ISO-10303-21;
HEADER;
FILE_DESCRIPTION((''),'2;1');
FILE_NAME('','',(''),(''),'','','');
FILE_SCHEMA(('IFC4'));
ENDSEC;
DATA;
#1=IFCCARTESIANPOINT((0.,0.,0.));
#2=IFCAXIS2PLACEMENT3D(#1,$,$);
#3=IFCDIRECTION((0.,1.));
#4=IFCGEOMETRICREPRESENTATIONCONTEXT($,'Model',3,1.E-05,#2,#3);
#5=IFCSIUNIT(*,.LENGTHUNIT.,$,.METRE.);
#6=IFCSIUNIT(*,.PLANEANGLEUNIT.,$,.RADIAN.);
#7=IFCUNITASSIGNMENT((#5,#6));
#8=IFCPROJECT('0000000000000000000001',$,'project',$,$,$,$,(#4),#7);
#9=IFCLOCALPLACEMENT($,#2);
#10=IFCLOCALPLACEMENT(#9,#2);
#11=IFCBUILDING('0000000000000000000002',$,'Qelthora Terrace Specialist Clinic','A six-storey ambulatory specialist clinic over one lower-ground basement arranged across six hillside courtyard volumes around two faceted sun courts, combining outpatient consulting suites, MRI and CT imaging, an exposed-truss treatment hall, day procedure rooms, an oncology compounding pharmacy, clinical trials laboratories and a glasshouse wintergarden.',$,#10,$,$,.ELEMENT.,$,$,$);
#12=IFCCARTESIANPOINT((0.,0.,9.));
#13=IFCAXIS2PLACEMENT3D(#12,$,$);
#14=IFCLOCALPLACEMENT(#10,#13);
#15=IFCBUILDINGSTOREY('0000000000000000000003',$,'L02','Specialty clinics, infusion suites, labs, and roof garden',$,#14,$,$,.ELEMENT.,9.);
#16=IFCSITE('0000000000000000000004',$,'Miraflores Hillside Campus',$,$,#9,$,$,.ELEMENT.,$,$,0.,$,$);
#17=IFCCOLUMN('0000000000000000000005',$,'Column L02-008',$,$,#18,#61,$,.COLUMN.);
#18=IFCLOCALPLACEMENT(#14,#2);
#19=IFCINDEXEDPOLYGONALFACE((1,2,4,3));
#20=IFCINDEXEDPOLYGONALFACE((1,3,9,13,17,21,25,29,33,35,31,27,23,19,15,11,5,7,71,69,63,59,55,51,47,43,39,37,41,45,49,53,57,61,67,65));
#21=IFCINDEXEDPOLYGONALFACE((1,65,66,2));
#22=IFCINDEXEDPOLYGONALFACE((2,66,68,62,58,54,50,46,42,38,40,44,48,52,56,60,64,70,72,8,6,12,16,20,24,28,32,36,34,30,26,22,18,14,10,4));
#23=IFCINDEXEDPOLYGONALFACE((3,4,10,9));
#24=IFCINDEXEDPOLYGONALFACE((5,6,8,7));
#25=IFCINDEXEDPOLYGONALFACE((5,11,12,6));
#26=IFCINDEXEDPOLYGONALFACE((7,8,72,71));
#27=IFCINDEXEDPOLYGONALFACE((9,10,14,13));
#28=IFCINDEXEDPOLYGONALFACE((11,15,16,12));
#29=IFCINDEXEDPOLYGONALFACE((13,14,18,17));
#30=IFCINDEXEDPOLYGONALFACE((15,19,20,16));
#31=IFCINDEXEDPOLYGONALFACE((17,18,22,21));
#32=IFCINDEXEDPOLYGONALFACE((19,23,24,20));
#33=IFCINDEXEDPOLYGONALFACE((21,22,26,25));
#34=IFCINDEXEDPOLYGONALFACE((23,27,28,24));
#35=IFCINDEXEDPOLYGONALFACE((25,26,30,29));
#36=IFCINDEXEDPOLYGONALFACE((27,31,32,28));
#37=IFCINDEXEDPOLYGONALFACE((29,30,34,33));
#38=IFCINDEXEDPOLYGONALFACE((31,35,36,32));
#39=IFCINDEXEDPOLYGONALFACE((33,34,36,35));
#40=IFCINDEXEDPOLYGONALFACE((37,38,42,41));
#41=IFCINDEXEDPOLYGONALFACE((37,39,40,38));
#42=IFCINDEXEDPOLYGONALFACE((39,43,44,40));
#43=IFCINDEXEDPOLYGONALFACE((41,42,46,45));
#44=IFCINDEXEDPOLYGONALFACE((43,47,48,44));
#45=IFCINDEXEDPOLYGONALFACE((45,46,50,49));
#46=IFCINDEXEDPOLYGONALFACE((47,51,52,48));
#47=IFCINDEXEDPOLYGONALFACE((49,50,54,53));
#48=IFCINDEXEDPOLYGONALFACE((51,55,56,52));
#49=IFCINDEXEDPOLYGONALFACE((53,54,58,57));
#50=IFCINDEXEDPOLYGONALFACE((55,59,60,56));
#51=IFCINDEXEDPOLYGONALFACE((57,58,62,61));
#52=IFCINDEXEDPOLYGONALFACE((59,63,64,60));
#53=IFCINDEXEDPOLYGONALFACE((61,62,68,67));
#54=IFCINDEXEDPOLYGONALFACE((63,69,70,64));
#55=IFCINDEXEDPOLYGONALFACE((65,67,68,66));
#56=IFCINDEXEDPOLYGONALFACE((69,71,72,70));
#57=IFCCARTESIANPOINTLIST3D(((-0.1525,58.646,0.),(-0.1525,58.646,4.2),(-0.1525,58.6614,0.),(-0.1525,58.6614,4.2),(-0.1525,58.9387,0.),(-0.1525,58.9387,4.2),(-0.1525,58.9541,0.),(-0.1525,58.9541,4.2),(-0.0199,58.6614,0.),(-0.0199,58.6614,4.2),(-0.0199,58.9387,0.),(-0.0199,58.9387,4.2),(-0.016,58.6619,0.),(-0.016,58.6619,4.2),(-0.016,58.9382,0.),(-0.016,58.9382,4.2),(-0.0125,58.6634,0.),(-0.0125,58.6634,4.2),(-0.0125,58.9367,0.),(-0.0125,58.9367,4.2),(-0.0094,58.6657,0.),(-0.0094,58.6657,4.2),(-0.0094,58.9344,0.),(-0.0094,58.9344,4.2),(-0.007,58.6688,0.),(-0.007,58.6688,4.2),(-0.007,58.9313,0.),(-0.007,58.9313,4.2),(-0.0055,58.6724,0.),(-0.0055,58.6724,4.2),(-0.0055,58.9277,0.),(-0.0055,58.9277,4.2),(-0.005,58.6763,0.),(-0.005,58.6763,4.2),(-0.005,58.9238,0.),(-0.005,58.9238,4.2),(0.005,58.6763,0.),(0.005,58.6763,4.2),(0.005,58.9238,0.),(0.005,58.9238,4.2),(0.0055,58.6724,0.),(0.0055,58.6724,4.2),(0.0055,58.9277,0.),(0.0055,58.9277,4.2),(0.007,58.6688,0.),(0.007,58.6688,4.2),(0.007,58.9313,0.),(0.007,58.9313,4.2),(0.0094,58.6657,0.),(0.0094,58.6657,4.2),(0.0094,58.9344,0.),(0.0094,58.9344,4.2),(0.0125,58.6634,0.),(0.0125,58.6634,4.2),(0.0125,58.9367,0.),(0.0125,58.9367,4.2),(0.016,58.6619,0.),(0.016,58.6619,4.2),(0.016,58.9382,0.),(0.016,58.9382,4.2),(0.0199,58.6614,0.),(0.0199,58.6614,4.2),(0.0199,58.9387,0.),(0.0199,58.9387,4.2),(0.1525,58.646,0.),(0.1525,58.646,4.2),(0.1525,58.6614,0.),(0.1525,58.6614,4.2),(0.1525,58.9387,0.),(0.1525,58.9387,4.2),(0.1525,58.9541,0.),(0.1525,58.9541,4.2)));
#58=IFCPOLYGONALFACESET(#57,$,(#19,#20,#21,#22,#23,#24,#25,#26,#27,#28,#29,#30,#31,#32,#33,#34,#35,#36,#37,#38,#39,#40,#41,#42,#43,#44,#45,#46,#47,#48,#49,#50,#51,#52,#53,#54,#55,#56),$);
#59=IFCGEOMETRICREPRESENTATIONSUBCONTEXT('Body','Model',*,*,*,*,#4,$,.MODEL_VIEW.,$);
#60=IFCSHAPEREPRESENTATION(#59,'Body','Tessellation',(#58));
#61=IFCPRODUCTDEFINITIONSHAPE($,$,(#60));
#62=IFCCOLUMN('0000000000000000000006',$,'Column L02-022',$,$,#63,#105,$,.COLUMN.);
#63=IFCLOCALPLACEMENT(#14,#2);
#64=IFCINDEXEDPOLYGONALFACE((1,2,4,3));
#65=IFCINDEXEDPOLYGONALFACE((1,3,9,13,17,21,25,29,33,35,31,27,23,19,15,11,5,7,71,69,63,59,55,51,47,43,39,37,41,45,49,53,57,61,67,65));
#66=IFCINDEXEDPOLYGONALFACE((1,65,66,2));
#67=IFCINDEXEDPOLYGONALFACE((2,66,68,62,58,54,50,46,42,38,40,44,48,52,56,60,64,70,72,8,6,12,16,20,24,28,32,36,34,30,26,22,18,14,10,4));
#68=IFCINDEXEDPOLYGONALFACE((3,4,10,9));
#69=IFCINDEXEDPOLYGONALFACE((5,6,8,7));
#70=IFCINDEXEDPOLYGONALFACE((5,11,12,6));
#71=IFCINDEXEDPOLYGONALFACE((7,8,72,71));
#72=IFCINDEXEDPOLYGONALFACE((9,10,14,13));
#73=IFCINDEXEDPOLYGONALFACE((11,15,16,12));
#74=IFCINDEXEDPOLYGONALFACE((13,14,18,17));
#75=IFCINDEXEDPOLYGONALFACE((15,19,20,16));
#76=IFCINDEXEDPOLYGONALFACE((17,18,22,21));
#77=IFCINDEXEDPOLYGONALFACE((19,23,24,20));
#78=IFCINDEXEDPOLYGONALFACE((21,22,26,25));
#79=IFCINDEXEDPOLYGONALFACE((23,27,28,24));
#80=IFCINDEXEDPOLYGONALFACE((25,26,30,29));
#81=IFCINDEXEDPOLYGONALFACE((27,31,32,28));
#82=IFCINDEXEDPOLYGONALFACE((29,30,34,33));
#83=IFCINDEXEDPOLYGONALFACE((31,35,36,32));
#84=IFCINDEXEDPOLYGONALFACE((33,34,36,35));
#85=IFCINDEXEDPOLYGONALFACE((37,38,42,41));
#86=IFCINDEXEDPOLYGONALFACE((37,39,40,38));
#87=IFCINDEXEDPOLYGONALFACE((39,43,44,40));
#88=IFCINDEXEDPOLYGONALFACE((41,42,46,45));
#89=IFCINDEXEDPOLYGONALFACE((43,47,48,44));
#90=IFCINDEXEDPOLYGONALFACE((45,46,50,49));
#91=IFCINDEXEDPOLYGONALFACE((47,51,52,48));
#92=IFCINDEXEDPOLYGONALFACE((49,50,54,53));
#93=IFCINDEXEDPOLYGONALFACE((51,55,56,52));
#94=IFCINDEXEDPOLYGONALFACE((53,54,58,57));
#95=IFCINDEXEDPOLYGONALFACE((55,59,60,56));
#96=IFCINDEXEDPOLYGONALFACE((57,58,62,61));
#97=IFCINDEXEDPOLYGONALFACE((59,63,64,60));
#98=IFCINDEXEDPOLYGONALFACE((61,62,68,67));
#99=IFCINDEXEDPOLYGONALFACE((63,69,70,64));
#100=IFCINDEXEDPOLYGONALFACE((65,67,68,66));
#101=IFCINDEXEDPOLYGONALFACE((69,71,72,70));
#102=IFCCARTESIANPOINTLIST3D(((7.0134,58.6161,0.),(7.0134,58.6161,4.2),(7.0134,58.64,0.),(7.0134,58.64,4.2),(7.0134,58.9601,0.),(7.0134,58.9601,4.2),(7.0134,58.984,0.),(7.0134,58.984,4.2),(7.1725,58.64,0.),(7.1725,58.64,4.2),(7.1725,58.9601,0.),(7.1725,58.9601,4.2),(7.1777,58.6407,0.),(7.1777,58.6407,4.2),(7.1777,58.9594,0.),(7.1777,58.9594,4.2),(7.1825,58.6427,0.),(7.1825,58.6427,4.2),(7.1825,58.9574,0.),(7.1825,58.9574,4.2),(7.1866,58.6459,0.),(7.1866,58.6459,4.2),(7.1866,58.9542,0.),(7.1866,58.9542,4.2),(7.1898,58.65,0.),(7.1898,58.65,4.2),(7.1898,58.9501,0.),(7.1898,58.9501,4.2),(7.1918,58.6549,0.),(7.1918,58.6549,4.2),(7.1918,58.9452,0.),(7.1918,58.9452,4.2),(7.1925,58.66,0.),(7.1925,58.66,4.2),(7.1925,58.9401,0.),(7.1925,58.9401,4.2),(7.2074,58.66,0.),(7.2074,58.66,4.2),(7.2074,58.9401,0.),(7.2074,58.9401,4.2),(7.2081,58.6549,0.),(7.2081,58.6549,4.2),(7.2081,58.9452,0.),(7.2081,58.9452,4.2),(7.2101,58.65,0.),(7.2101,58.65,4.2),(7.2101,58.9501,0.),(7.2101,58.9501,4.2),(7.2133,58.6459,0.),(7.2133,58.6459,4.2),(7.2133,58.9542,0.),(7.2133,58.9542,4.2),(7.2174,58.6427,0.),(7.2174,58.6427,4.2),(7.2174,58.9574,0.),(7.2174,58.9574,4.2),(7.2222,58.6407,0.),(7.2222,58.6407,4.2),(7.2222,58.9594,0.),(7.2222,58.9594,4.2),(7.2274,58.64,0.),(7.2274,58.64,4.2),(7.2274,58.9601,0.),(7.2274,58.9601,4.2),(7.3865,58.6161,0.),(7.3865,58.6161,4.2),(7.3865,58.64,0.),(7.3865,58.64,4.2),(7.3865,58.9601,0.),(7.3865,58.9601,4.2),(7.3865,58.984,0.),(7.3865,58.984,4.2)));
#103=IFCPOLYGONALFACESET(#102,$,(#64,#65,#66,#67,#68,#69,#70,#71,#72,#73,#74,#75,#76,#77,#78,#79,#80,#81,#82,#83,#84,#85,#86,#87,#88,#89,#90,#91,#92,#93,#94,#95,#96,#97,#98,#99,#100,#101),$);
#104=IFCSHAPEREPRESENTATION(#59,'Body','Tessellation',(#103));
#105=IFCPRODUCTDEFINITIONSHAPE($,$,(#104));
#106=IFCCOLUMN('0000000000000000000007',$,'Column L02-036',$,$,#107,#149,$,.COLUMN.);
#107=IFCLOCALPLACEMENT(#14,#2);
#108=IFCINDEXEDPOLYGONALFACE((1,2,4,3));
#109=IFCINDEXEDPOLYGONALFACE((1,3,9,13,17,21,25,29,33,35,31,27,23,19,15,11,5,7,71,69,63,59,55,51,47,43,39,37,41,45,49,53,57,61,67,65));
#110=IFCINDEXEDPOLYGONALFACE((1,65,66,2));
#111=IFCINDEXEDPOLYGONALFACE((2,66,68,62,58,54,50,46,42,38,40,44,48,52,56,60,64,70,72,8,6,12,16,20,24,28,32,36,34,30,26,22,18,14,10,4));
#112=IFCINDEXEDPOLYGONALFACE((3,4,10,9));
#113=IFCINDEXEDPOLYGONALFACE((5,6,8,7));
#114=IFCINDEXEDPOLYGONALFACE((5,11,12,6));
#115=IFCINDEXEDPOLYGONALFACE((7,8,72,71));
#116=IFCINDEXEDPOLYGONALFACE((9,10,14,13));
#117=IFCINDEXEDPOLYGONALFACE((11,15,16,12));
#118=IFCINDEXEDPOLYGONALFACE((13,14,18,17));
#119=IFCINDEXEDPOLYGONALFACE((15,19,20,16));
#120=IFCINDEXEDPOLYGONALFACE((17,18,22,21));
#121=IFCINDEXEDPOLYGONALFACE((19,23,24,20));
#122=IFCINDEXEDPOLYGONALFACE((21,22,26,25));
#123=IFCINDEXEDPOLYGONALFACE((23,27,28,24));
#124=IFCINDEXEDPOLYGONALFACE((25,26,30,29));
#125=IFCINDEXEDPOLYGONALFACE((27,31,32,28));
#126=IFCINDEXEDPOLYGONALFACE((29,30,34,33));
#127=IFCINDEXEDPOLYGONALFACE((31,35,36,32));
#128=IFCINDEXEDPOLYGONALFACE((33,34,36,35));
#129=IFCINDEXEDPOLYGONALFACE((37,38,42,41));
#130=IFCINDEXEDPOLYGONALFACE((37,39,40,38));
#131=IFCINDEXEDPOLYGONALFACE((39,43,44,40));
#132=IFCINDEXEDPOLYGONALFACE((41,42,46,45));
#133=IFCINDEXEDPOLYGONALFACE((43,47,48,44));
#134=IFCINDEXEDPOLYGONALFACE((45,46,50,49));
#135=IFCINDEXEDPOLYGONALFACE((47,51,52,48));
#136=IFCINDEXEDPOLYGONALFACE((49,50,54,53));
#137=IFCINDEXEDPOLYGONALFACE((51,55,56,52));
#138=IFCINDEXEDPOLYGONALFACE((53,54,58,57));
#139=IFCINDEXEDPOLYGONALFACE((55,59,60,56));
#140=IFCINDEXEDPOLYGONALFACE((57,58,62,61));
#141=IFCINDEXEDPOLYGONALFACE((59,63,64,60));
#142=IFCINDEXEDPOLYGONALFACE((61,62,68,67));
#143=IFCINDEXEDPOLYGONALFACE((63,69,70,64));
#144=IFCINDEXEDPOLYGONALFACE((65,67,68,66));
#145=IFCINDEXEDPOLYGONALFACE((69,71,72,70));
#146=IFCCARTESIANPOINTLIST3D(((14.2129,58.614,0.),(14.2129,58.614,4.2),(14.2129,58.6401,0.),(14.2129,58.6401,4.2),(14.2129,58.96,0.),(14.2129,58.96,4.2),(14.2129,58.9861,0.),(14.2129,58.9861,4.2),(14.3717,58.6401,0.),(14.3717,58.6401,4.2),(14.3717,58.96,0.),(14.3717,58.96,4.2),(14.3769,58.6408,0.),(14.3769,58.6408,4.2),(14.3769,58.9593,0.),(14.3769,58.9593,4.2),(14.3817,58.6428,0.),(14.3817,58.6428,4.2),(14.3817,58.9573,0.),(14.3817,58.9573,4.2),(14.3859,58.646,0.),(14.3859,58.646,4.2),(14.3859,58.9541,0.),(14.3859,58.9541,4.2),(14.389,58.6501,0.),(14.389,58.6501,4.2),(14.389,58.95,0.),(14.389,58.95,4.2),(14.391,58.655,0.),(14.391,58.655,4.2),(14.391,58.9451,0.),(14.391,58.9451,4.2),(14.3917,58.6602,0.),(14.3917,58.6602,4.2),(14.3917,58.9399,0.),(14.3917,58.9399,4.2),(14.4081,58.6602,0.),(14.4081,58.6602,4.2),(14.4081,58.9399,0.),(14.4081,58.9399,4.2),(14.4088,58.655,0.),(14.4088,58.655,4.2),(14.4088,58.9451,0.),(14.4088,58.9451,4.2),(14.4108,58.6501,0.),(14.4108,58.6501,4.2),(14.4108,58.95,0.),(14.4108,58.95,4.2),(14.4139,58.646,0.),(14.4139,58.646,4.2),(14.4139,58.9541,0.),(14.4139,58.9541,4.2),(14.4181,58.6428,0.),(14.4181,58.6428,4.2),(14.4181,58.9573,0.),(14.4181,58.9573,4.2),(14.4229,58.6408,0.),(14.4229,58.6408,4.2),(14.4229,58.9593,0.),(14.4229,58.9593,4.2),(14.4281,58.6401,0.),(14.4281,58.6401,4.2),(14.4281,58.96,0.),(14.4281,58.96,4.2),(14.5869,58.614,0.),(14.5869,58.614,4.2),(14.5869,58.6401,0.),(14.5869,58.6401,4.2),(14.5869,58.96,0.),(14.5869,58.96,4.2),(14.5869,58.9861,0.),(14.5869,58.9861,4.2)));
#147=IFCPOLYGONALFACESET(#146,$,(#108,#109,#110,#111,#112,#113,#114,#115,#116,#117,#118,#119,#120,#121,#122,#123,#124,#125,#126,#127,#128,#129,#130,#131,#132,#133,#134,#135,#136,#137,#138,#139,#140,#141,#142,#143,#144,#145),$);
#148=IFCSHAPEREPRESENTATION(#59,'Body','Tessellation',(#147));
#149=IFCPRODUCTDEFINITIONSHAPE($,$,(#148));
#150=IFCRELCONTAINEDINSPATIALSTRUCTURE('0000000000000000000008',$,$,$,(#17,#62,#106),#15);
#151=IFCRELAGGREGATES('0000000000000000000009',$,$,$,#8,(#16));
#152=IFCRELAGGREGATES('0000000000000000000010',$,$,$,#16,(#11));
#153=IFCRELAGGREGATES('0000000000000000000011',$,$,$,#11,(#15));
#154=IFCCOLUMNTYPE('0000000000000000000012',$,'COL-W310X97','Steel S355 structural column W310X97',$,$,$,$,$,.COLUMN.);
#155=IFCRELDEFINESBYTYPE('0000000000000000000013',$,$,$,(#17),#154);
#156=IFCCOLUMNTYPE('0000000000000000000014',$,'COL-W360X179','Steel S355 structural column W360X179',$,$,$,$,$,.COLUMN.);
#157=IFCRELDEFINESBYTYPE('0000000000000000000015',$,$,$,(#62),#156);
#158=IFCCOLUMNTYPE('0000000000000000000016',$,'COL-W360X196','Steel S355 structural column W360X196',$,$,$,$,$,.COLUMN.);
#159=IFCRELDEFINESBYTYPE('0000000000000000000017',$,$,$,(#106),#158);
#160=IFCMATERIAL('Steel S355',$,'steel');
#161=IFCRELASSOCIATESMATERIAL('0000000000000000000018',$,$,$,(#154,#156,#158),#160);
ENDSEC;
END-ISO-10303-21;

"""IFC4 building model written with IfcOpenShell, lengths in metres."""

from ifc_helpers import new_model, si_unit, direction, frame, origin, origin_2d, place, context, subcontext, project, spatial, i_section, extrude, material, material_profile, profile_set, type_object, element, save


model = new_model("IFC4")

# Units and contexts
model_context = context("Model", 3, precision=1e-05, world=origin(), true_north=direction((0.0, 1.0)))
body_context = subcontext(model_context, "Body", "Model", "MODEL_VIEW")
ifc_project = project(units=[si_unit("LENGTHUNIT", "METRE"), si_unit("PLANEANGLEUNIT", "RADIAN")], contexts=[model_context])

# Site, building, storey
site_placement = place(None, origin())
site = spatial("IfcSite", under=ifc_project, at=site_placement, Name="Miraflores Hillside Campus", CompositionType="ELEMENT", RefElevation=0.0)
building_placement = place(site_placement, origin())
building = spatial("IfcBuilding", under=site, at=building_placement, Name="Qelthora Terrace Specialist Clinic", Description="A six-storey ambulatory specialist clinic over one lower-ground basement arranged across six hillside courtyard volumes around two faceted sun courts, combining outpatient consulting suites, MRI and CT imaging, an exposed-truss treatment hall, day procedure rooms, an oncology compounding pharmacy, clinical trials laboratories and a glasshouse wintergarden.", CompositionType="ELEMENT")
storey_placement = place(building_placement, frame((0.0, 0.0, 9.0)))
storey = spatial("IfcBuildingStorey", under=building, at=storey_placement, Name="L02", Description="Specialty clinics, infusion suites, labs, and roof garden", CompositionType="ELEMENT", Elevation=9.0)

# Columns
ifc_material_1 = material(Name="Steel S355", Category="steel")
ifc_material_profile_1 = material_profile(ifc_material_1, i_section(OverallWidth=0.3049, OverallDepth=0.3081, WebThickness=0.01, FlangeThickness=0.0154, FilletRadius=0.0149, at=origin_2d()), Name="W310X97")
ifc_profile_set_1 = profile_set([ifc_material_profile_1], Name="Steel S355")
column_type_1 = type_object("IfcColumnType", Name="COL-W310X97", Description="Steel S355 structural column W310X97", PredefinedType="COLUMN", material=ifc_profile_set_1)
column_1_placement = place(storey_placement, frame((0.0, 58.8, 0.0), z_axis=(0.0, 0.0, 1.0), x_axis=(1.0, 0.0, 0.0)))
element("IfcColumn", 1, at=column_1_placement, inside=storey, type_object=column_type_1, Name="Column L02-008", PredefinedType="COLUMN", context=body_context, shape_type="SweptSolid", body=[
    extrude(i_section(OverallWidth=0.3049, OverallDepth=0.3081, WebThickness=0.01, FlangeThickness=0.0154, FilletRadius=0.0149, at=origin_2d()), origin(), (0.0, 0.0, 1.0), 4.2),
])
ifc_material_profile_2 = material_profile(ifc_material_1, i_section(OverallWidth=0.373, OverallDepth=0.3679, WebThickness=0.0149, FlangeThickness=0.0239, FilletRadius=0.02, at=origin_2d()), Name="W360X179")
ifc_profile_set_2 = profile_set([ifc_material_profile_2], Name="Steel S355")
column_type_2 = type_object("IfcColumnType", Name="COL-W360X179", Description="Steel S355 structural column W360X179", PredefinedType="COLUMN", material=ifc_profile_set_2)
column_2_placement = place(storey_placement, frame((7.2, 58.8, 0.0), z_axis=(0.0, 0.0, 1.0), x_axis=(1.0, 0.0, 0.0)))
element("IfcColumn", 2, at=column_2_placement, inside=storey, type_object=column_type_2, Name="Column L02-022", PredefinedType="COLUMN", context=body_context, shape_type="SweptSolid", body=[
    extrude(i_section(OverallWidth=0.373, OverallDepth=0.3679, WebThickness=0.0149, FlangeThickness=0.0239, FilletRadius=0.02, at=origin_2d()), origin(), (0.0, 0.0, 1.0), 4.2),
])
ifc_material_profile_3 = material_profile(ifc_material_1, i_section(OverallWidth=0.374, OverallDepth=0.3721, WebThickness=0.0164, FlangeThickness=0.0261, FilletRadius=0.02, at=origin_2d()), Name="W360X196")
ifc_profile_set_3 = profile_set([ifc_material_profile_3], Name="Steel S355")
column_type_3 = type_object("IfcColumnType", Name="COL-W360X196", Description="Steel S355 structural column W360X196", PredefinedType="COLUMN", material=ifc_profile_set_3)
column_3_placement = place(storey_placement, frame((14.3999, 58.8, 0.0), z_axis=(0.0, 0.0, 1.0), x_axis=(1.0, 0.0, 0.0)))
element("IfcColumn", 3, at=column_3_placement, inside=storey, type_object=column_type_3, Name="Column L02-036", PredefinedType="COLUMN", context=body_context, shape_type="SweptSolid", body=[
    extrude(i_section(OverallWidth=0.374, OverallDepth=0.3721, WebThickness=0.0164, FlangeThickness=0.0261, FilletRadius=0.02, at=origin_2d()), origin(), (0.0, 0.0, 1.0), 4.2),
])

save(model, "model.ifc")
